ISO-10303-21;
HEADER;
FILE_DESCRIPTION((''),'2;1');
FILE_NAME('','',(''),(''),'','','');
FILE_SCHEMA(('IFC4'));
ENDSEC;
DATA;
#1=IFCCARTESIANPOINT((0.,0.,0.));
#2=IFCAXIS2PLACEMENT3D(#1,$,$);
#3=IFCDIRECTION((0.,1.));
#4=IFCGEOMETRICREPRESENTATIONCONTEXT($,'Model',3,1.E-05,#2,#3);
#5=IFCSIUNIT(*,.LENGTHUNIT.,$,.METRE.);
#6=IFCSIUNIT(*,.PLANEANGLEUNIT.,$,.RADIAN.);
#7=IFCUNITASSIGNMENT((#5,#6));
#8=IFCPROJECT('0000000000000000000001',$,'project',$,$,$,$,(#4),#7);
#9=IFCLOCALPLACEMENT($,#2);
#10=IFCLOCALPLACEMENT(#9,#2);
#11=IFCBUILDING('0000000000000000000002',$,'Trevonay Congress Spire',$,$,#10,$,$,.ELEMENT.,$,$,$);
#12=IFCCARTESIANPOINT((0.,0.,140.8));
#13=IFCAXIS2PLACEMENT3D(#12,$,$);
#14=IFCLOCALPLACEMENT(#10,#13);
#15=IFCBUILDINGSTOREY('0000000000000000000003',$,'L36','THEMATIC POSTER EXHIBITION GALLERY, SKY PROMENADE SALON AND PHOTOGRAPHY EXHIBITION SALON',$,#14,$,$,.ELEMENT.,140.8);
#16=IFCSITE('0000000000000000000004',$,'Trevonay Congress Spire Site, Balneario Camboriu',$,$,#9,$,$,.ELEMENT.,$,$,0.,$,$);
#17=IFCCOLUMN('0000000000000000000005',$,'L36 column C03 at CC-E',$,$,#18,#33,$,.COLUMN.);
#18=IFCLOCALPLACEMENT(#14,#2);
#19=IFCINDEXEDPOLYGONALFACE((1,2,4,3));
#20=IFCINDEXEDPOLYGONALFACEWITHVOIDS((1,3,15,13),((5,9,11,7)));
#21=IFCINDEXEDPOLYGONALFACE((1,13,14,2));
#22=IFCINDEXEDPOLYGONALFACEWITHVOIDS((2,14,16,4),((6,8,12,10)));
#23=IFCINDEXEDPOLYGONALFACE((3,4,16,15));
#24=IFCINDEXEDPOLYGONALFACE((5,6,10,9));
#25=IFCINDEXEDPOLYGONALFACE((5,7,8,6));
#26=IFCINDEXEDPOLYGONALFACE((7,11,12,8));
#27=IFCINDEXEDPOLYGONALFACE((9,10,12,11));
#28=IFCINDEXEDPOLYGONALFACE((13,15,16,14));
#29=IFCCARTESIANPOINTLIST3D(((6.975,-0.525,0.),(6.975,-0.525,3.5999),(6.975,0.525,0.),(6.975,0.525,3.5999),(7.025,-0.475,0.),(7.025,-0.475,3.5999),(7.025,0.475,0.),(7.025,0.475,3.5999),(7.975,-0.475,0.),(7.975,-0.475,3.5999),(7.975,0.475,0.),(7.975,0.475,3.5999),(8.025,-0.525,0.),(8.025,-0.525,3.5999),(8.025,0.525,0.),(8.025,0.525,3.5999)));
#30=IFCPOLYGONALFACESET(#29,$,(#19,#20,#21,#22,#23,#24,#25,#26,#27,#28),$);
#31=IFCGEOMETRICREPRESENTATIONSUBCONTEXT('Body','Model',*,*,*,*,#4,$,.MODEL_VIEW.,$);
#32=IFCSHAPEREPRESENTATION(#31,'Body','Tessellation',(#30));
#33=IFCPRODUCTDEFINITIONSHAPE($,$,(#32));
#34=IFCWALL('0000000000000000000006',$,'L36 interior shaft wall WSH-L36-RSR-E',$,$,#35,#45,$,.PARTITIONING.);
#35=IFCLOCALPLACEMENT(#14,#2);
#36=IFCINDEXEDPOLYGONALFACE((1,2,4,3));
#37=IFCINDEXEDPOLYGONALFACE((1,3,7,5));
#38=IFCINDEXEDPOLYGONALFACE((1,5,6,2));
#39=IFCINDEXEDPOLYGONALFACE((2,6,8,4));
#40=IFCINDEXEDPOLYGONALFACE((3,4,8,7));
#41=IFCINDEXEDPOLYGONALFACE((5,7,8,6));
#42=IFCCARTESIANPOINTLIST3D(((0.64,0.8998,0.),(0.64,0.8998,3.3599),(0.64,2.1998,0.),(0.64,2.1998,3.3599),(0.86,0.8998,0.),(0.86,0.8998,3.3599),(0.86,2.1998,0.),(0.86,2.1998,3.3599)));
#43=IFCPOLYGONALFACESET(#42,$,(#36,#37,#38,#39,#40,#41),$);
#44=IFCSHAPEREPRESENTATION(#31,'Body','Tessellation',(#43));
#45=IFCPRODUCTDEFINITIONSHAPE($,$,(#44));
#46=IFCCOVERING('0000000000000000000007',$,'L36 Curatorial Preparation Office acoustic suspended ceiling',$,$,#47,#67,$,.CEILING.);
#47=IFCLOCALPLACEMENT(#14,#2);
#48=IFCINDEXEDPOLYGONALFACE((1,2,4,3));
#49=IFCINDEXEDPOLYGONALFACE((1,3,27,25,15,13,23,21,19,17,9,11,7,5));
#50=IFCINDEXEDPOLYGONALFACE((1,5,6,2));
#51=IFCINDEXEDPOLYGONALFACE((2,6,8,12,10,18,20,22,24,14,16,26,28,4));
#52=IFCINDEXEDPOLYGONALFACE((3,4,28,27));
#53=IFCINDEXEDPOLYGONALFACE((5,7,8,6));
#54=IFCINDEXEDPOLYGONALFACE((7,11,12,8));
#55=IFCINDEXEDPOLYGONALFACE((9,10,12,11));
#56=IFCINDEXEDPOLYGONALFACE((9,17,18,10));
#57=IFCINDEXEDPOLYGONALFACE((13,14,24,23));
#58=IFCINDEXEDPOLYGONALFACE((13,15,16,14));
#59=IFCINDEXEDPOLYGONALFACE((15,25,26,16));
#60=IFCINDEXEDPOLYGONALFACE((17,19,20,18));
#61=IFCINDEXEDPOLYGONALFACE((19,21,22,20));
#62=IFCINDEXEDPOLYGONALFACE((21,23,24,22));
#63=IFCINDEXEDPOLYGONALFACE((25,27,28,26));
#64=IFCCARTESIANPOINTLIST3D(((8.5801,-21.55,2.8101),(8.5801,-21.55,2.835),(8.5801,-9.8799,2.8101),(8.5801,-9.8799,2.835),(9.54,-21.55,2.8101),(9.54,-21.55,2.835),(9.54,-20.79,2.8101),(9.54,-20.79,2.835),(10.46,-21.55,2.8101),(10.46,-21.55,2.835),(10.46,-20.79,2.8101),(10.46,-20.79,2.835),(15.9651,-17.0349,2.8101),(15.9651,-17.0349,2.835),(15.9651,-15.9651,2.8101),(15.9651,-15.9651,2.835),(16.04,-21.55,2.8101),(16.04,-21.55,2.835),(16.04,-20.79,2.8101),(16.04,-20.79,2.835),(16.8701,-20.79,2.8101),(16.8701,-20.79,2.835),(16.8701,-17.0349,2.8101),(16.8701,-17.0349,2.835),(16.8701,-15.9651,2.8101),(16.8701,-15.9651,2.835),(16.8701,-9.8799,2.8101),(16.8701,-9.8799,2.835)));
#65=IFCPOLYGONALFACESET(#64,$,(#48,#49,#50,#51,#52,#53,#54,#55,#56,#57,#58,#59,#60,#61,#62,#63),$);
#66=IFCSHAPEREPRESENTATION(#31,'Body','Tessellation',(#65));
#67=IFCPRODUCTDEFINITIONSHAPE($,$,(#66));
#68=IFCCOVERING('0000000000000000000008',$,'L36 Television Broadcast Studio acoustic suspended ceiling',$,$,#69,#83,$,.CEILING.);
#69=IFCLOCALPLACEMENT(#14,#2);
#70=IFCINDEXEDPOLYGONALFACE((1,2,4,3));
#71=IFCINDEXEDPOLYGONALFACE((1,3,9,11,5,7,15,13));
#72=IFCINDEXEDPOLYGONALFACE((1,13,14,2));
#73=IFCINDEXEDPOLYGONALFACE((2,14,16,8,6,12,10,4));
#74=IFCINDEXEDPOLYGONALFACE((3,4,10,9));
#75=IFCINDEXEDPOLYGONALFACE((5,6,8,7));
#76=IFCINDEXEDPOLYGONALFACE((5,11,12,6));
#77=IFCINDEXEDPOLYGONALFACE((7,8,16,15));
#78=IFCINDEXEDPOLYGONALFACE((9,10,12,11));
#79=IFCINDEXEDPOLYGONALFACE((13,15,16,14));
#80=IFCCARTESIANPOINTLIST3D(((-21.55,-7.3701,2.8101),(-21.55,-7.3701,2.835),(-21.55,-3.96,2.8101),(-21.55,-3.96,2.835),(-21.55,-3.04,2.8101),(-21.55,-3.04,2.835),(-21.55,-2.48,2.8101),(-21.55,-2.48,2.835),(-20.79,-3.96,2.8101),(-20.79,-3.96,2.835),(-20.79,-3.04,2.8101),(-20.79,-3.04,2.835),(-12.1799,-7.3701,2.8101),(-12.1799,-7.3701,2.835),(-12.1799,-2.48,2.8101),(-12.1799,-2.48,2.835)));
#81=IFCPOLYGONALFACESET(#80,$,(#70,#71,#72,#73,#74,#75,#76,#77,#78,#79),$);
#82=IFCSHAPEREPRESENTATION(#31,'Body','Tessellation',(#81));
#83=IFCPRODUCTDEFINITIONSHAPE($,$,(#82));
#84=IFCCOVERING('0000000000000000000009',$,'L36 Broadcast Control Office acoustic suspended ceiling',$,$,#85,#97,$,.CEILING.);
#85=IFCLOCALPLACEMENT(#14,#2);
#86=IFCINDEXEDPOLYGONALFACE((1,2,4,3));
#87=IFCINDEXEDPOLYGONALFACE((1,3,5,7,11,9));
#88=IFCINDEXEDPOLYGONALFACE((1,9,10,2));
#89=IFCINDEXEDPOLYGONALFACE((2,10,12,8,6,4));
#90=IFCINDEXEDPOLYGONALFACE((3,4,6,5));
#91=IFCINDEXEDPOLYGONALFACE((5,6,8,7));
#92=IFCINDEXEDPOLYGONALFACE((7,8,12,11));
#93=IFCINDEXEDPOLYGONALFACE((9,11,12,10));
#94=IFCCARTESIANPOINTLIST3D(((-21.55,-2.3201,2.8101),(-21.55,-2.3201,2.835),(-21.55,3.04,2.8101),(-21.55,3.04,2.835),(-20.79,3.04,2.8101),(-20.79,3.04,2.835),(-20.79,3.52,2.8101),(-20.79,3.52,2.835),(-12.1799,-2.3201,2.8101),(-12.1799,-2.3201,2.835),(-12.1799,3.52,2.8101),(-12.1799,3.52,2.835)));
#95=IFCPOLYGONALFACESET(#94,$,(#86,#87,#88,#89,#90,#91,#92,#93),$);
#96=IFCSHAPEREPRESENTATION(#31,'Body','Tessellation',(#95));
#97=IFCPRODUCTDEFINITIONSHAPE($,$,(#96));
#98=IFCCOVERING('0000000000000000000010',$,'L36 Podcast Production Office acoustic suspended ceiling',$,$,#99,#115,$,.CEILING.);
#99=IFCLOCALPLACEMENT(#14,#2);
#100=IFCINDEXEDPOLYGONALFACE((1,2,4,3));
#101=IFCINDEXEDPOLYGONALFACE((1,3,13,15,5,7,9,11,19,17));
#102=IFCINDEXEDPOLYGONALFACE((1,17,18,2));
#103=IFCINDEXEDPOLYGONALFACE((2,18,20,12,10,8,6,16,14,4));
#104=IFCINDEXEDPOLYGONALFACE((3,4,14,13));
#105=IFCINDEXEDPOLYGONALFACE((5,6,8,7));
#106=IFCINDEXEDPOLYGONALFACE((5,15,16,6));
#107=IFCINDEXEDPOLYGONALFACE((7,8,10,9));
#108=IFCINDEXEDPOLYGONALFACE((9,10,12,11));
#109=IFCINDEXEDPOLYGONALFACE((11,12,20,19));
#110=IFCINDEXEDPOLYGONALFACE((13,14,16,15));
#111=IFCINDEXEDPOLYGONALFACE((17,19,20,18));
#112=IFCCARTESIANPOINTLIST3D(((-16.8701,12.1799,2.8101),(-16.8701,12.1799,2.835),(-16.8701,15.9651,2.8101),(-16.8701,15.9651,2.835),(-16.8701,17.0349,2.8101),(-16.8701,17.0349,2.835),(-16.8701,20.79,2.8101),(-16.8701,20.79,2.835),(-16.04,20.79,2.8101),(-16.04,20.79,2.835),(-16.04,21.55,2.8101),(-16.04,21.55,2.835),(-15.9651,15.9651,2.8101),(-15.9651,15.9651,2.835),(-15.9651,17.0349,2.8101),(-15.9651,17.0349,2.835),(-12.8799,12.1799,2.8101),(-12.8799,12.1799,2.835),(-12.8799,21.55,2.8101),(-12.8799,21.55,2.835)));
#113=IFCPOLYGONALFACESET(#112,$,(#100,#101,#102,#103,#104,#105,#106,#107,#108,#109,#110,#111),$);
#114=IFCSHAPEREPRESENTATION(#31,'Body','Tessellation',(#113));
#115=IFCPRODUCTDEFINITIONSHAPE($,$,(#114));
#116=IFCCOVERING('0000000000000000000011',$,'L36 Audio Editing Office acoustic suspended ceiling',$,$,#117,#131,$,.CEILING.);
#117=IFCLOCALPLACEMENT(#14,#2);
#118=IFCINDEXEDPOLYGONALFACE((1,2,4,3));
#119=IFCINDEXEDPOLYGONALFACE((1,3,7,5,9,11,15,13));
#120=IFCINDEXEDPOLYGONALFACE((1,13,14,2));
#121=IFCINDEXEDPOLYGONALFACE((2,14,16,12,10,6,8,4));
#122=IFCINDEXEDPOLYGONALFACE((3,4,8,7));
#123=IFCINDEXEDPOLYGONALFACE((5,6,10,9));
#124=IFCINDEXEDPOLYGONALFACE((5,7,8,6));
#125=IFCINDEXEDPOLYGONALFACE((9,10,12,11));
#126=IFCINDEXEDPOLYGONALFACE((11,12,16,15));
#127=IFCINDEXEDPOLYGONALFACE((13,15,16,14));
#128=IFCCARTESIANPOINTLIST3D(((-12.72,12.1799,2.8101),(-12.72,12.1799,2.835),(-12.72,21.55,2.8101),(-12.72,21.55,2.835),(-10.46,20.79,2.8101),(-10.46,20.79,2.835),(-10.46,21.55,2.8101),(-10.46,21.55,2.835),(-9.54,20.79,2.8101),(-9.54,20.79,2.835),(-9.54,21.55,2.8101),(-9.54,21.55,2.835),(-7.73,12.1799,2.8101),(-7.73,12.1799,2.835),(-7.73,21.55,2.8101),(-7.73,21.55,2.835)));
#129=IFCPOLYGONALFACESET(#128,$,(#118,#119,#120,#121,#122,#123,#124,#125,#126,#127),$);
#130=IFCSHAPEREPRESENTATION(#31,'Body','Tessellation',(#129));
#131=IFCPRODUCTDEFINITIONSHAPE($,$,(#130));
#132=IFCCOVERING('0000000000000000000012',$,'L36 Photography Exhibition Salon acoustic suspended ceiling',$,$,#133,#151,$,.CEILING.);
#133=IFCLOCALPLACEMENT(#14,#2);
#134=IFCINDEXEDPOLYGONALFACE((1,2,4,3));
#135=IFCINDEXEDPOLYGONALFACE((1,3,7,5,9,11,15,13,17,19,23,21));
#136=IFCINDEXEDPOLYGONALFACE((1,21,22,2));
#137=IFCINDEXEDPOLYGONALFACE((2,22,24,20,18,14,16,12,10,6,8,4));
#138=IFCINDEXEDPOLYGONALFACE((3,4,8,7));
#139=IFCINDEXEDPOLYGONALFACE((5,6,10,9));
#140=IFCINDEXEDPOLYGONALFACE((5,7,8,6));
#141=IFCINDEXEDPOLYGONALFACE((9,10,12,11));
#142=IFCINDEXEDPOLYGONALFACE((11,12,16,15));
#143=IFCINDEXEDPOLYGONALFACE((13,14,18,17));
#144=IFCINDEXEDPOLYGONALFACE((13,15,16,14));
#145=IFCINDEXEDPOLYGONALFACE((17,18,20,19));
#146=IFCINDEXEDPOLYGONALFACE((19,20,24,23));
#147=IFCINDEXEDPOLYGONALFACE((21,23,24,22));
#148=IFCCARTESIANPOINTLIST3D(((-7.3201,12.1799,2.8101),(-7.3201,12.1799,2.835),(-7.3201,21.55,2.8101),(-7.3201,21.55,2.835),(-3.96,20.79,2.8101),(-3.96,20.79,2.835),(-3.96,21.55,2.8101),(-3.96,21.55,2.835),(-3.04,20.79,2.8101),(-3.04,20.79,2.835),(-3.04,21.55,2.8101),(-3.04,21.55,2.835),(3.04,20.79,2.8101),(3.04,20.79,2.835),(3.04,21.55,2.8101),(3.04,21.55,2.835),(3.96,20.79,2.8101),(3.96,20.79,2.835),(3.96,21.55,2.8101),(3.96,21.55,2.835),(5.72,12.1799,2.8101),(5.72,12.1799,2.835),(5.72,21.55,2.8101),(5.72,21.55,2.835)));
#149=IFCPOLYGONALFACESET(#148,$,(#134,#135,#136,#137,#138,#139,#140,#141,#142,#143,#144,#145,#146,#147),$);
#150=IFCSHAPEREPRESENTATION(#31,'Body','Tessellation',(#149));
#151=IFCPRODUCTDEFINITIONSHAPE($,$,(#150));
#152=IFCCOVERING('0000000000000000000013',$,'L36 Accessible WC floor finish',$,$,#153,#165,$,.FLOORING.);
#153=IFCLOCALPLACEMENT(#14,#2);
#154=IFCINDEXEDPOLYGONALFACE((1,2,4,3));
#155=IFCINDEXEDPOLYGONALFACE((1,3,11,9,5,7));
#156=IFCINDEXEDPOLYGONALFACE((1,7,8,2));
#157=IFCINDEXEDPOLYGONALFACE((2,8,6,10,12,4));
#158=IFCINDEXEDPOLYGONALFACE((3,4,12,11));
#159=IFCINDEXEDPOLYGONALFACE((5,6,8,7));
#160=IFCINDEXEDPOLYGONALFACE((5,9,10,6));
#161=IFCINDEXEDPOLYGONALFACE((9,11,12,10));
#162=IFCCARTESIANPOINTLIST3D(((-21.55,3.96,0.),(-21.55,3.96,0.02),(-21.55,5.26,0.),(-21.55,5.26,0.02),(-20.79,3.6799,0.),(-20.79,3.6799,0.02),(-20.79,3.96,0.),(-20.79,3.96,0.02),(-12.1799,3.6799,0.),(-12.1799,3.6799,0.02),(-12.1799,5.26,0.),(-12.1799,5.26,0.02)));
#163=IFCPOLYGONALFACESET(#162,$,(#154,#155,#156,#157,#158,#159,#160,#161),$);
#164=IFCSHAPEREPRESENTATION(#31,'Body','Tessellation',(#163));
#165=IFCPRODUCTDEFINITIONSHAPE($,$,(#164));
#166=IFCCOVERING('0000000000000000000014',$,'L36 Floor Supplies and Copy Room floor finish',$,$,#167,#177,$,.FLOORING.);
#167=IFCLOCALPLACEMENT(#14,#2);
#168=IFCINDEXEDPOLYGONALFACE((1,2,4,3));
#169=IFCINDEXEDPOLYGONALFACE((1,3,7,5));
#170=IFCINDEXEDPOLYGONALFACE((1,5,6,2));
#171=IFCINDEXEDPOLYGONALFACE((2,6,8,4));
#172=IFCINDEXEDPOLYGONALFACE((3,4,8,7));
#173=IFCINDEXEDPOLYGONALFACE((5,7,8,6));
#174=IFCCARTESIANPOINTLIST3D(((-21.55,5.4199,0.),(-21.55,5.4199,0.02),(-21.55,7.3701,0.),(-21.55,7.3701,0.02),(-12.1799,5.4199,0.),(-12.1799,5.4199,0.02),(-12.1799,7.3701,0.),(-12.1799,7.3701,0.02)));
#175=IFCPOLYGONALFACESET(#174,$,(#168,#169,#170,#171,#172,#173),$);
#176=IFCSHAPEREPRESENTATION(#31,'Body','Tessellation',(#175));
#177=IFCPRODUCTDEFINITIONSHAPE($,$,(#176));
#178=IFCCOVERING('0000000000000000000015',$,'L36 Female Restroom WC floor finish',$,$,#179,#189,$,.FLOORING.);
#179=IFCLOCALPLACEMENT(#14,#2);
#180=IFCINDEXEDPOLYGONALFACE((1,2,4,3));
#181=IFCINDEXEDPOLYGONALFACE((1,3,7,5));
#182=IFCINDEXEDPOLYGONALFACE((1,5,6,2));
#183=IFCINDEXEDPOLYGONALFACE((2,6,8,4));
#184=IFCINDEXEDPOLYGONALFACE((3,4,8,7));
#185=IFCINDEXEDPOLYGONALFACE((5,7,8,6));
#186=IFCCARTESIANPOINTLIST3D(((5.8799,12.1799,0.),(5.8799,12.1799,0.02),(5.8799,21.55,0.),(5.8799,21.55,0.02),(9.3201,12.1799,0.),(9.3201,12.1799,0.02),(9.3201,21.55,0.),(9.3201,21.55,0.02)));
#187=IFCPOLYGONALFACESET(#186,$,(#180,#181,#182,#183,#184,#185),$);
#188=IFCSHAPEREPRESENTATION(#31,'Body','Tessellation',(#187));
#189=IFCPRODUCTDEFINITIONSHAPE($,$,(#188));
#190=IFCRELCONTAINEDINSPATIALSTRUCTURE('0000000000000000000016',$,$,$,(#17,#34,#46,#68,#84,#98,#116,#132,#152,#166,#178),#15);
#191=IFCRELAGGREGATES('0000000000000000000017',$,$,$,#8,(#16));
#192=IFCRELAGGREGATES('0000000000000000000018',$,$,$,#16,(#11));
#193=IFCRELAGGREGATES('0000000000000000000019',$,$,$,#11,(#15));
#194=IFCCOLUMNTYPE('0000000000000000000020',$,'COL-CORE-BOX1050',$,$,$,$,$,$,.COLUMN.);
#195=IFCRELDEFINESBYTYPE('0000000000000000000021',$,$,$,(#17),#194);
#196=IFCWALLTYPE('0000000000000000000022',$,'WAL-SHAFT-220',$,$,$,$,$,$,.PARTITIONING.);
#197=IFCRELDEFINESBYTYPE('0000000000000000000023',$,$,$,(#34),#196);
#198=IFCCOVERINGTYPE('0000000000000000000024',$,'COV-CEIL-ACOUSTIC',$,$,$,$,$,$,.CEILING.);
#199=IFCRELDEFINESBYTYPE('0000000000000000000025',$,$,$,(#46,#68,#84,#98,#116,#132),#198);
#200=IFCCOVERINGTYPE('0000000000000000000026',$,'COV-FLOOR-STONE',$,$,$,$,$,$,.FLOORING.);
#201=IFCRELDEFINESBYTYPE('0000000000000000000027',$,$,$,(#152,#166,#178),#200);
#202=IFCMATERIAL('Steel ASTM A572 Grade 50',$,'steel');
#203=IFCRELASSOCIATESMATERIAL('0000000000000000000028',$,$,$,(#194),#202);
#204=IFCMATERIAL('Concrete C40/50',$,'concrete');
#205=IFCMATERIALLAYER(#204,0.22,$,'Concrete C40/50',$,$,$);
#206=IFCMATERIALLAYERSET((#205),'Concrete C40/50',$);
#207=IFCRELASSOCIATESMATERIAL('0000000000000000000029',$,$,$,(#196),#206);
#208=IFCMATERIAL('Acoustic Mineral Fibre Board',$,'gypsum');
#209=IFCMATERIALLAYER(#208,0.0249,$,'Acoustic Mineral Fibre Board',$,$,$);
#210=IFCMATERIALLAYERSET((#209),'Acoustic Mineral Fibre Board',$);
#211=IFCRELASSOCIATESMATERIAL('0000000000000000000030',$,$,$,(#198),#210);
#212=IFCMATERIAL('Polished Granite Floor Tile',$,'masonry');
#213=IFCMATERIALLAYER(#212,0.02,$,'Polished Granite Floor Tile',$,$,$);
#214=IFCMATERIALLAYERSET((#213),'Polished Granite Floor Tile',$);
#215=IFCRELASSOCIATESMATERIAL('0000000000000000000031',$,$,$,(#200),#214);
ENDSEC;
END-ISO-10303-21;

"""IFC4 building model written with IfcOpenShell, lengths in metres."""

from ifc_helpers import new_model, si_unit, direction, frame, frame_2d, origin, origin_2d, place, context, subcontext, project, spatial, polyline, rectangle, hollow_rectangle, outline, extrude, material, layer, layer_set, material_profile, profile_set, type_object, element, save


model = new_model("IFC4")

# Units and contexts
model_context = context("Model", 3, precision=1e-05, world=origin(), true_north=direction((0.0, 1.0)))
body_context = subcontext(model_context, "Body", "Model", "MODEL_VIEW")
ifc_project = project(units=[si_unit("LENGTHUNIT", "METRE"), si_unit("PLANEANGLEUNIT", "RADIAN")], contexts=[model_context])

# Site, building, storey
site_placement = place(None, origin())
site = spatial("IfcSite", under=ifc_project, at=site_placement, Name="Trevonay Congress Spire Site, Balneario Camboriu", CompositionType="ELEMENT", RefElevation=0.0)
building_placement = place(site_placement, origin())
building = spatial("IfcBuilding", under=site, at=building_placement, Name="Trevonay Congress Spire", CompositionType="ELEMENT")
storey_placement = place(building_placement, frame((0.0, 0.0, 140.8)))
storey = spatial("IfcBuildingStorey", under=building, at=storey_placement, Name="L36", Description="THEMATIC POSTER EXHIBITION GALLERY, SKY PROMENADE SALON AND PHOTOGRAPHY EXHIBITION SALON", CompositionType="ELEMENT", Elevation=140.8)

# Column
ifc_material_1 = material(Name="Steel ASTM A572 Grade 50", Category="steel")
ifc_material_profile = material_profile(ifc_material_1, hollow_rectangle(XDim=1.05, YDim=1.05, WallThickness=0.05, at=origin_2d()), Name="BOX 1050x1050x50")
ifc_profile_set = profile_set([ifc_material_profile], Name="Steel ASTM A572 Grade 50")
column_type = type_object("IfcColumnType", Name="COL-CORE-BOX1050", PredefinedType="COLUMN", material=ifc_profile_set)
column_placement = place(storey_placement, frame((7.5, 0.0, 0.0), z_axis=(0.0, 0.0, 1.0), x_axis=(1.0, 0.0, 0.0)))
element("IfcColumn", 1, at=column_placement, inside=storey, type_object=column_type, Name="L36 column C03 at CC-E", PredefinedType="COLUMN", context=body_context, shape_type="SweptSolid", body=[
    extrude(hollow_rectangle(XDim=1.05, YDim=1.05, WallThickness=0.05, at=origin_2d()), origin(), (0.0, 0.0, 1.0), 3.5999),
])

# Wall
ifc_material_2 = material(Name="Concrete C40/50", Category="concrete")
ifc_layer_1 = layer(ifc_material_2, 0.22, Name="Concrete C40/50")
ifc_layer_set_1 = layer_set([ifc_layer_1], Name="Concrete C40/50")
wall_type = type_object("IfcWallType", Name="WAL-SHAFT-220", PredefinedType="PARTITIONING", material=ifc_layer_set_1)
wall_placement = place(storey_placement, frame((0.75, 0.8999, 0.0), z_axis=(0.0, 0.0, 1.0), x_axis=(0.0, 1.0, 0.0)))
element("IfcWall", 2, at=wall_placement, inside=storey, type_object=wall_type, Name="L36 interior shaft wall WSH-L36-RSR-E", PredefinedType="PARTITIONING", context=body_context, shape_type="SweptSolid", body=[
    extrude(rectangle(XDim=1.3, YDim=0.22, at=frame_2d((0.6499, 0.0))), origin(), (0.0, 0.0, 1.0), 3.3599),
])

# Coverings
ifc_material_3 = material(Name="Acoustic Mineral Fibre Board", Category="gypsum")
ifc_layer_2 = layer(ifc_material_3, 0.0249, Name="Acoustic Mineral Fibre Board")
ifc_layer_set_2 = layer_set([ifc_layer_2], Name="Acoustic Mineral Fibre Board")
covering_type_1 = type_object("IfcCoveringType", Name="COV-CEIL-ACOUSTIC", PredefinedType="CEILING", material=ifc_layer_set_2)
covering_1_placement = place(storey_placement, frame((0.0, 0.0, 2.8101)))
element("IfcCovering", 3, at=covering_1_placement, inside=storey, type_object=covering_type_1, Name="L36 Curatorial Preparation Office acoustic suspended ceiling", PredefinedType="CEILING", context=body_context, shape_type="SweptSolid", body=[
    extrude(outline(polyline([(8.5801, -21.55), (8.5801, -9.8799), (16.8701, -9.8799), (16.8701, -15.9651), (15.9651, -15.9651), (15.9651, -17.0349), (16.8701, -17.0349), (16.8701, -20.79), (16.04, -20.79), (16.04, -21.55), (10.46, -21.55), (10.46, -20.79), (9.54, -20.79), (9.54, -21.55), (8.5801, -21.55)])), origin(), (0.0, 0.0, 1.0), 0.0249),
])
covering_2_placement = place(storey_placement, frame((0.0, 0.0, 2.8101)))
element("IfcCovering", 4, at=covering_2_placement, inside=storey, type_object=covering_type_1, Name="L36 Television Broadcast Studio acoustic suspended ceiling", PredefinedType="CEILING", context=body_context, shape_type="SweptSolid", body=[
    extrude(outline(polyline([(-21.55, -2.48), (-12.1799, -2.48), (-12.1799, -7.3701), (-21.55, -7.3701), (-21.55, -3.96), (-20.79, -3.96), (-20.79, -3.04), (-21.55, -3.04), (-21.55, -2.48)])), origin(), (0.0, 0.0, 1.0), 0.0249),
])
covering_3_placement = place(storey_placement, frame((0.0, 0.0, 2.8101)))
element("IfcCovering", 5, at=covering_3_placement, inside=storey, type_object=covering_type_1, Name="L36 Broadcast Control Office acoustic suspended ceiling", PredefinedType="CEILING", context=body_context, shape_type="SweptSolid", body=[
    extrude(outline(polyline([(-12.1799, 3.52), (-12.1799, -2.3201), (-21.55, -2.3201), (-21.55, 3.04), (-20.79, 3.04), (-20.79, 3.52), (-12.1799, 3.52)])), origin(), (0.0, 0.0, 1.0), 0.0249),
])
covering_4_placement = place(storey_placement, frame((0.0, 0.0, 2.8101)))
element("IfcCovering", 6, at=covering_4_placement, inside=storey, type_object=covering_type_1, Name="L36 Podcast Production Office acoustic suspended ceiling", PredefinedType="CEILING", context=body_context, shape_type="SweptSolid", body=[
    extrude(outline(polyline([(-12.8799, 21.55), (-12.8799, 12.1799), (-16.8701, 12.1799), (-16.8701, 15.9651), (-15.9651, 15.9651), (-15.9651, 17.0349), (-16.8701, 17.0349), (-16.8701, 20.79), (-16.04, 20.79), (-16.04, 21.55), (-12.8799, 21.55)])), origin(), (0.0, 0.0, 1.0), 0.0249),
])
covering_5_placement = place(storey_placement, frame((0.0, 0.0, 2.8101)))
element("IfcCovering", 7, at=covering_5_placement, inside=storey, type_object=covering_type_1, Name="L36 Audio Editing Office acoustic suspended ceiling", PredefinedType="CEILING", context=body_context, shape_type="SweptSolid", body=[
    extrude(outline(polyline([(-7.73, 21.55), (-7.73, 12.1799), (-12.72, 12.1799), (-12.72, 21.55), (-10.46, 21.55), (-10.46, 20.79), (-9.54, 20.79), (-9.54, 21.55), (-7.73, 21.55)])), origin(), (0.0, 0.0, 1.0), 0.0249),
])
covering_6_placement = place(storey_placement, frame((0.0, 0.0, 2.8101)))
element("IfcCovering", 8, at=covering_6_placement, inside=storey, type_object=covering_type_1, Name="L36 Photography Exhibition Salon acoustic suspended ceiling", PredefinedType="CEILING", context=body_context, shape_type="SweptSolid", body=[
    extrude(outline(polyline([(5.72, 21.55), (5.72, 12.1799), (-7.3201, 12.1799), (-7.3201, 21.55), (-3.96, 21.55), (-3.96, 20.79), (-3.04, 20.79), (-3.04, 21.55), (3.04, 21.55), (3.04, 20.79), (3.96, 20.79), (3.96, 21.55), (5.72, 21.55)])), origin(), (0.0, 0.0, 1.0), 0.0249),
])
ifc_material_4 = material(Name="Polished Granite Floor Tile", Category="masonry")
ifc_layer_3 = layer(ifc_material_4, 0.02, Name="Polished Granite Floor Tile")
ifc_layer_set_3 = layer_set([ifc_layer_3], Name="Polished Granite Floor Tile")
covering_type_2 = type_object("IfcCoveringType", Name="COV-FLOOR-STONE", PredefinedType="FLOORING", material=ifc_layer_set_3)
covering_7_placement = place(storey_placement, origin())
element("IfcCovering", 9, at=covering_7_placement, inside=storey, type_object=covering_type_2, Name="L36 Accessible WC floor finish", PredefinedType="FLOORING", context=body_context, shape_type="SweptSolid", body=[
    extrude(outline(polyline([(-21.55, 5.26), (-12.1799, 5.26), (-12.1799, 3.6799), (-20.79, 3.6799), (-20.79, 3.96), (-21.55, 3.96), (-21.55, 5.26)])), origin(), (0.0, 0.0, 1.0), 0.02),
])
covering_8_placement = place(storey_placement, origin())
element("IfcCovering", 10, at=covering_8_placement, inside=storey, type_object=covering_type_2, Name="L36 Floor Supplies and Copy Room floor finish", PredefinedType="FLOORING", context=body_context, shape_type="SweptSolid", body=[
    extrude(outline(polyline([(-21.55, 5.4199), (-12.1799, 5.4199), (-12.1799, 7.3701), (-21.55, 7.3701), (-21.55, 5.4199)])), origin(), (0.0, 0.0, 1.0), 0.02),
])
covering_9_placement = place(storey_placement, origin())
element("IfcCovering", 11, at=covering_9_placement, inside=storey, type_object=covering_type_2, Name="L36 Female Restroom WC floor finish", PredefinedType="FLOORING", context=body_context, shape_type="SweptSolid", body=[
    extrude(outline(polyline([(5.8799, 12.1799), (9.3201, 12.1799), (9.3201, 21.55), (5.8799, 21.55), (5.8799, 12.1799)])), origin(), (0.0, 0.0, 1.0), 0.02),
])

save(model, "model.ifc")
